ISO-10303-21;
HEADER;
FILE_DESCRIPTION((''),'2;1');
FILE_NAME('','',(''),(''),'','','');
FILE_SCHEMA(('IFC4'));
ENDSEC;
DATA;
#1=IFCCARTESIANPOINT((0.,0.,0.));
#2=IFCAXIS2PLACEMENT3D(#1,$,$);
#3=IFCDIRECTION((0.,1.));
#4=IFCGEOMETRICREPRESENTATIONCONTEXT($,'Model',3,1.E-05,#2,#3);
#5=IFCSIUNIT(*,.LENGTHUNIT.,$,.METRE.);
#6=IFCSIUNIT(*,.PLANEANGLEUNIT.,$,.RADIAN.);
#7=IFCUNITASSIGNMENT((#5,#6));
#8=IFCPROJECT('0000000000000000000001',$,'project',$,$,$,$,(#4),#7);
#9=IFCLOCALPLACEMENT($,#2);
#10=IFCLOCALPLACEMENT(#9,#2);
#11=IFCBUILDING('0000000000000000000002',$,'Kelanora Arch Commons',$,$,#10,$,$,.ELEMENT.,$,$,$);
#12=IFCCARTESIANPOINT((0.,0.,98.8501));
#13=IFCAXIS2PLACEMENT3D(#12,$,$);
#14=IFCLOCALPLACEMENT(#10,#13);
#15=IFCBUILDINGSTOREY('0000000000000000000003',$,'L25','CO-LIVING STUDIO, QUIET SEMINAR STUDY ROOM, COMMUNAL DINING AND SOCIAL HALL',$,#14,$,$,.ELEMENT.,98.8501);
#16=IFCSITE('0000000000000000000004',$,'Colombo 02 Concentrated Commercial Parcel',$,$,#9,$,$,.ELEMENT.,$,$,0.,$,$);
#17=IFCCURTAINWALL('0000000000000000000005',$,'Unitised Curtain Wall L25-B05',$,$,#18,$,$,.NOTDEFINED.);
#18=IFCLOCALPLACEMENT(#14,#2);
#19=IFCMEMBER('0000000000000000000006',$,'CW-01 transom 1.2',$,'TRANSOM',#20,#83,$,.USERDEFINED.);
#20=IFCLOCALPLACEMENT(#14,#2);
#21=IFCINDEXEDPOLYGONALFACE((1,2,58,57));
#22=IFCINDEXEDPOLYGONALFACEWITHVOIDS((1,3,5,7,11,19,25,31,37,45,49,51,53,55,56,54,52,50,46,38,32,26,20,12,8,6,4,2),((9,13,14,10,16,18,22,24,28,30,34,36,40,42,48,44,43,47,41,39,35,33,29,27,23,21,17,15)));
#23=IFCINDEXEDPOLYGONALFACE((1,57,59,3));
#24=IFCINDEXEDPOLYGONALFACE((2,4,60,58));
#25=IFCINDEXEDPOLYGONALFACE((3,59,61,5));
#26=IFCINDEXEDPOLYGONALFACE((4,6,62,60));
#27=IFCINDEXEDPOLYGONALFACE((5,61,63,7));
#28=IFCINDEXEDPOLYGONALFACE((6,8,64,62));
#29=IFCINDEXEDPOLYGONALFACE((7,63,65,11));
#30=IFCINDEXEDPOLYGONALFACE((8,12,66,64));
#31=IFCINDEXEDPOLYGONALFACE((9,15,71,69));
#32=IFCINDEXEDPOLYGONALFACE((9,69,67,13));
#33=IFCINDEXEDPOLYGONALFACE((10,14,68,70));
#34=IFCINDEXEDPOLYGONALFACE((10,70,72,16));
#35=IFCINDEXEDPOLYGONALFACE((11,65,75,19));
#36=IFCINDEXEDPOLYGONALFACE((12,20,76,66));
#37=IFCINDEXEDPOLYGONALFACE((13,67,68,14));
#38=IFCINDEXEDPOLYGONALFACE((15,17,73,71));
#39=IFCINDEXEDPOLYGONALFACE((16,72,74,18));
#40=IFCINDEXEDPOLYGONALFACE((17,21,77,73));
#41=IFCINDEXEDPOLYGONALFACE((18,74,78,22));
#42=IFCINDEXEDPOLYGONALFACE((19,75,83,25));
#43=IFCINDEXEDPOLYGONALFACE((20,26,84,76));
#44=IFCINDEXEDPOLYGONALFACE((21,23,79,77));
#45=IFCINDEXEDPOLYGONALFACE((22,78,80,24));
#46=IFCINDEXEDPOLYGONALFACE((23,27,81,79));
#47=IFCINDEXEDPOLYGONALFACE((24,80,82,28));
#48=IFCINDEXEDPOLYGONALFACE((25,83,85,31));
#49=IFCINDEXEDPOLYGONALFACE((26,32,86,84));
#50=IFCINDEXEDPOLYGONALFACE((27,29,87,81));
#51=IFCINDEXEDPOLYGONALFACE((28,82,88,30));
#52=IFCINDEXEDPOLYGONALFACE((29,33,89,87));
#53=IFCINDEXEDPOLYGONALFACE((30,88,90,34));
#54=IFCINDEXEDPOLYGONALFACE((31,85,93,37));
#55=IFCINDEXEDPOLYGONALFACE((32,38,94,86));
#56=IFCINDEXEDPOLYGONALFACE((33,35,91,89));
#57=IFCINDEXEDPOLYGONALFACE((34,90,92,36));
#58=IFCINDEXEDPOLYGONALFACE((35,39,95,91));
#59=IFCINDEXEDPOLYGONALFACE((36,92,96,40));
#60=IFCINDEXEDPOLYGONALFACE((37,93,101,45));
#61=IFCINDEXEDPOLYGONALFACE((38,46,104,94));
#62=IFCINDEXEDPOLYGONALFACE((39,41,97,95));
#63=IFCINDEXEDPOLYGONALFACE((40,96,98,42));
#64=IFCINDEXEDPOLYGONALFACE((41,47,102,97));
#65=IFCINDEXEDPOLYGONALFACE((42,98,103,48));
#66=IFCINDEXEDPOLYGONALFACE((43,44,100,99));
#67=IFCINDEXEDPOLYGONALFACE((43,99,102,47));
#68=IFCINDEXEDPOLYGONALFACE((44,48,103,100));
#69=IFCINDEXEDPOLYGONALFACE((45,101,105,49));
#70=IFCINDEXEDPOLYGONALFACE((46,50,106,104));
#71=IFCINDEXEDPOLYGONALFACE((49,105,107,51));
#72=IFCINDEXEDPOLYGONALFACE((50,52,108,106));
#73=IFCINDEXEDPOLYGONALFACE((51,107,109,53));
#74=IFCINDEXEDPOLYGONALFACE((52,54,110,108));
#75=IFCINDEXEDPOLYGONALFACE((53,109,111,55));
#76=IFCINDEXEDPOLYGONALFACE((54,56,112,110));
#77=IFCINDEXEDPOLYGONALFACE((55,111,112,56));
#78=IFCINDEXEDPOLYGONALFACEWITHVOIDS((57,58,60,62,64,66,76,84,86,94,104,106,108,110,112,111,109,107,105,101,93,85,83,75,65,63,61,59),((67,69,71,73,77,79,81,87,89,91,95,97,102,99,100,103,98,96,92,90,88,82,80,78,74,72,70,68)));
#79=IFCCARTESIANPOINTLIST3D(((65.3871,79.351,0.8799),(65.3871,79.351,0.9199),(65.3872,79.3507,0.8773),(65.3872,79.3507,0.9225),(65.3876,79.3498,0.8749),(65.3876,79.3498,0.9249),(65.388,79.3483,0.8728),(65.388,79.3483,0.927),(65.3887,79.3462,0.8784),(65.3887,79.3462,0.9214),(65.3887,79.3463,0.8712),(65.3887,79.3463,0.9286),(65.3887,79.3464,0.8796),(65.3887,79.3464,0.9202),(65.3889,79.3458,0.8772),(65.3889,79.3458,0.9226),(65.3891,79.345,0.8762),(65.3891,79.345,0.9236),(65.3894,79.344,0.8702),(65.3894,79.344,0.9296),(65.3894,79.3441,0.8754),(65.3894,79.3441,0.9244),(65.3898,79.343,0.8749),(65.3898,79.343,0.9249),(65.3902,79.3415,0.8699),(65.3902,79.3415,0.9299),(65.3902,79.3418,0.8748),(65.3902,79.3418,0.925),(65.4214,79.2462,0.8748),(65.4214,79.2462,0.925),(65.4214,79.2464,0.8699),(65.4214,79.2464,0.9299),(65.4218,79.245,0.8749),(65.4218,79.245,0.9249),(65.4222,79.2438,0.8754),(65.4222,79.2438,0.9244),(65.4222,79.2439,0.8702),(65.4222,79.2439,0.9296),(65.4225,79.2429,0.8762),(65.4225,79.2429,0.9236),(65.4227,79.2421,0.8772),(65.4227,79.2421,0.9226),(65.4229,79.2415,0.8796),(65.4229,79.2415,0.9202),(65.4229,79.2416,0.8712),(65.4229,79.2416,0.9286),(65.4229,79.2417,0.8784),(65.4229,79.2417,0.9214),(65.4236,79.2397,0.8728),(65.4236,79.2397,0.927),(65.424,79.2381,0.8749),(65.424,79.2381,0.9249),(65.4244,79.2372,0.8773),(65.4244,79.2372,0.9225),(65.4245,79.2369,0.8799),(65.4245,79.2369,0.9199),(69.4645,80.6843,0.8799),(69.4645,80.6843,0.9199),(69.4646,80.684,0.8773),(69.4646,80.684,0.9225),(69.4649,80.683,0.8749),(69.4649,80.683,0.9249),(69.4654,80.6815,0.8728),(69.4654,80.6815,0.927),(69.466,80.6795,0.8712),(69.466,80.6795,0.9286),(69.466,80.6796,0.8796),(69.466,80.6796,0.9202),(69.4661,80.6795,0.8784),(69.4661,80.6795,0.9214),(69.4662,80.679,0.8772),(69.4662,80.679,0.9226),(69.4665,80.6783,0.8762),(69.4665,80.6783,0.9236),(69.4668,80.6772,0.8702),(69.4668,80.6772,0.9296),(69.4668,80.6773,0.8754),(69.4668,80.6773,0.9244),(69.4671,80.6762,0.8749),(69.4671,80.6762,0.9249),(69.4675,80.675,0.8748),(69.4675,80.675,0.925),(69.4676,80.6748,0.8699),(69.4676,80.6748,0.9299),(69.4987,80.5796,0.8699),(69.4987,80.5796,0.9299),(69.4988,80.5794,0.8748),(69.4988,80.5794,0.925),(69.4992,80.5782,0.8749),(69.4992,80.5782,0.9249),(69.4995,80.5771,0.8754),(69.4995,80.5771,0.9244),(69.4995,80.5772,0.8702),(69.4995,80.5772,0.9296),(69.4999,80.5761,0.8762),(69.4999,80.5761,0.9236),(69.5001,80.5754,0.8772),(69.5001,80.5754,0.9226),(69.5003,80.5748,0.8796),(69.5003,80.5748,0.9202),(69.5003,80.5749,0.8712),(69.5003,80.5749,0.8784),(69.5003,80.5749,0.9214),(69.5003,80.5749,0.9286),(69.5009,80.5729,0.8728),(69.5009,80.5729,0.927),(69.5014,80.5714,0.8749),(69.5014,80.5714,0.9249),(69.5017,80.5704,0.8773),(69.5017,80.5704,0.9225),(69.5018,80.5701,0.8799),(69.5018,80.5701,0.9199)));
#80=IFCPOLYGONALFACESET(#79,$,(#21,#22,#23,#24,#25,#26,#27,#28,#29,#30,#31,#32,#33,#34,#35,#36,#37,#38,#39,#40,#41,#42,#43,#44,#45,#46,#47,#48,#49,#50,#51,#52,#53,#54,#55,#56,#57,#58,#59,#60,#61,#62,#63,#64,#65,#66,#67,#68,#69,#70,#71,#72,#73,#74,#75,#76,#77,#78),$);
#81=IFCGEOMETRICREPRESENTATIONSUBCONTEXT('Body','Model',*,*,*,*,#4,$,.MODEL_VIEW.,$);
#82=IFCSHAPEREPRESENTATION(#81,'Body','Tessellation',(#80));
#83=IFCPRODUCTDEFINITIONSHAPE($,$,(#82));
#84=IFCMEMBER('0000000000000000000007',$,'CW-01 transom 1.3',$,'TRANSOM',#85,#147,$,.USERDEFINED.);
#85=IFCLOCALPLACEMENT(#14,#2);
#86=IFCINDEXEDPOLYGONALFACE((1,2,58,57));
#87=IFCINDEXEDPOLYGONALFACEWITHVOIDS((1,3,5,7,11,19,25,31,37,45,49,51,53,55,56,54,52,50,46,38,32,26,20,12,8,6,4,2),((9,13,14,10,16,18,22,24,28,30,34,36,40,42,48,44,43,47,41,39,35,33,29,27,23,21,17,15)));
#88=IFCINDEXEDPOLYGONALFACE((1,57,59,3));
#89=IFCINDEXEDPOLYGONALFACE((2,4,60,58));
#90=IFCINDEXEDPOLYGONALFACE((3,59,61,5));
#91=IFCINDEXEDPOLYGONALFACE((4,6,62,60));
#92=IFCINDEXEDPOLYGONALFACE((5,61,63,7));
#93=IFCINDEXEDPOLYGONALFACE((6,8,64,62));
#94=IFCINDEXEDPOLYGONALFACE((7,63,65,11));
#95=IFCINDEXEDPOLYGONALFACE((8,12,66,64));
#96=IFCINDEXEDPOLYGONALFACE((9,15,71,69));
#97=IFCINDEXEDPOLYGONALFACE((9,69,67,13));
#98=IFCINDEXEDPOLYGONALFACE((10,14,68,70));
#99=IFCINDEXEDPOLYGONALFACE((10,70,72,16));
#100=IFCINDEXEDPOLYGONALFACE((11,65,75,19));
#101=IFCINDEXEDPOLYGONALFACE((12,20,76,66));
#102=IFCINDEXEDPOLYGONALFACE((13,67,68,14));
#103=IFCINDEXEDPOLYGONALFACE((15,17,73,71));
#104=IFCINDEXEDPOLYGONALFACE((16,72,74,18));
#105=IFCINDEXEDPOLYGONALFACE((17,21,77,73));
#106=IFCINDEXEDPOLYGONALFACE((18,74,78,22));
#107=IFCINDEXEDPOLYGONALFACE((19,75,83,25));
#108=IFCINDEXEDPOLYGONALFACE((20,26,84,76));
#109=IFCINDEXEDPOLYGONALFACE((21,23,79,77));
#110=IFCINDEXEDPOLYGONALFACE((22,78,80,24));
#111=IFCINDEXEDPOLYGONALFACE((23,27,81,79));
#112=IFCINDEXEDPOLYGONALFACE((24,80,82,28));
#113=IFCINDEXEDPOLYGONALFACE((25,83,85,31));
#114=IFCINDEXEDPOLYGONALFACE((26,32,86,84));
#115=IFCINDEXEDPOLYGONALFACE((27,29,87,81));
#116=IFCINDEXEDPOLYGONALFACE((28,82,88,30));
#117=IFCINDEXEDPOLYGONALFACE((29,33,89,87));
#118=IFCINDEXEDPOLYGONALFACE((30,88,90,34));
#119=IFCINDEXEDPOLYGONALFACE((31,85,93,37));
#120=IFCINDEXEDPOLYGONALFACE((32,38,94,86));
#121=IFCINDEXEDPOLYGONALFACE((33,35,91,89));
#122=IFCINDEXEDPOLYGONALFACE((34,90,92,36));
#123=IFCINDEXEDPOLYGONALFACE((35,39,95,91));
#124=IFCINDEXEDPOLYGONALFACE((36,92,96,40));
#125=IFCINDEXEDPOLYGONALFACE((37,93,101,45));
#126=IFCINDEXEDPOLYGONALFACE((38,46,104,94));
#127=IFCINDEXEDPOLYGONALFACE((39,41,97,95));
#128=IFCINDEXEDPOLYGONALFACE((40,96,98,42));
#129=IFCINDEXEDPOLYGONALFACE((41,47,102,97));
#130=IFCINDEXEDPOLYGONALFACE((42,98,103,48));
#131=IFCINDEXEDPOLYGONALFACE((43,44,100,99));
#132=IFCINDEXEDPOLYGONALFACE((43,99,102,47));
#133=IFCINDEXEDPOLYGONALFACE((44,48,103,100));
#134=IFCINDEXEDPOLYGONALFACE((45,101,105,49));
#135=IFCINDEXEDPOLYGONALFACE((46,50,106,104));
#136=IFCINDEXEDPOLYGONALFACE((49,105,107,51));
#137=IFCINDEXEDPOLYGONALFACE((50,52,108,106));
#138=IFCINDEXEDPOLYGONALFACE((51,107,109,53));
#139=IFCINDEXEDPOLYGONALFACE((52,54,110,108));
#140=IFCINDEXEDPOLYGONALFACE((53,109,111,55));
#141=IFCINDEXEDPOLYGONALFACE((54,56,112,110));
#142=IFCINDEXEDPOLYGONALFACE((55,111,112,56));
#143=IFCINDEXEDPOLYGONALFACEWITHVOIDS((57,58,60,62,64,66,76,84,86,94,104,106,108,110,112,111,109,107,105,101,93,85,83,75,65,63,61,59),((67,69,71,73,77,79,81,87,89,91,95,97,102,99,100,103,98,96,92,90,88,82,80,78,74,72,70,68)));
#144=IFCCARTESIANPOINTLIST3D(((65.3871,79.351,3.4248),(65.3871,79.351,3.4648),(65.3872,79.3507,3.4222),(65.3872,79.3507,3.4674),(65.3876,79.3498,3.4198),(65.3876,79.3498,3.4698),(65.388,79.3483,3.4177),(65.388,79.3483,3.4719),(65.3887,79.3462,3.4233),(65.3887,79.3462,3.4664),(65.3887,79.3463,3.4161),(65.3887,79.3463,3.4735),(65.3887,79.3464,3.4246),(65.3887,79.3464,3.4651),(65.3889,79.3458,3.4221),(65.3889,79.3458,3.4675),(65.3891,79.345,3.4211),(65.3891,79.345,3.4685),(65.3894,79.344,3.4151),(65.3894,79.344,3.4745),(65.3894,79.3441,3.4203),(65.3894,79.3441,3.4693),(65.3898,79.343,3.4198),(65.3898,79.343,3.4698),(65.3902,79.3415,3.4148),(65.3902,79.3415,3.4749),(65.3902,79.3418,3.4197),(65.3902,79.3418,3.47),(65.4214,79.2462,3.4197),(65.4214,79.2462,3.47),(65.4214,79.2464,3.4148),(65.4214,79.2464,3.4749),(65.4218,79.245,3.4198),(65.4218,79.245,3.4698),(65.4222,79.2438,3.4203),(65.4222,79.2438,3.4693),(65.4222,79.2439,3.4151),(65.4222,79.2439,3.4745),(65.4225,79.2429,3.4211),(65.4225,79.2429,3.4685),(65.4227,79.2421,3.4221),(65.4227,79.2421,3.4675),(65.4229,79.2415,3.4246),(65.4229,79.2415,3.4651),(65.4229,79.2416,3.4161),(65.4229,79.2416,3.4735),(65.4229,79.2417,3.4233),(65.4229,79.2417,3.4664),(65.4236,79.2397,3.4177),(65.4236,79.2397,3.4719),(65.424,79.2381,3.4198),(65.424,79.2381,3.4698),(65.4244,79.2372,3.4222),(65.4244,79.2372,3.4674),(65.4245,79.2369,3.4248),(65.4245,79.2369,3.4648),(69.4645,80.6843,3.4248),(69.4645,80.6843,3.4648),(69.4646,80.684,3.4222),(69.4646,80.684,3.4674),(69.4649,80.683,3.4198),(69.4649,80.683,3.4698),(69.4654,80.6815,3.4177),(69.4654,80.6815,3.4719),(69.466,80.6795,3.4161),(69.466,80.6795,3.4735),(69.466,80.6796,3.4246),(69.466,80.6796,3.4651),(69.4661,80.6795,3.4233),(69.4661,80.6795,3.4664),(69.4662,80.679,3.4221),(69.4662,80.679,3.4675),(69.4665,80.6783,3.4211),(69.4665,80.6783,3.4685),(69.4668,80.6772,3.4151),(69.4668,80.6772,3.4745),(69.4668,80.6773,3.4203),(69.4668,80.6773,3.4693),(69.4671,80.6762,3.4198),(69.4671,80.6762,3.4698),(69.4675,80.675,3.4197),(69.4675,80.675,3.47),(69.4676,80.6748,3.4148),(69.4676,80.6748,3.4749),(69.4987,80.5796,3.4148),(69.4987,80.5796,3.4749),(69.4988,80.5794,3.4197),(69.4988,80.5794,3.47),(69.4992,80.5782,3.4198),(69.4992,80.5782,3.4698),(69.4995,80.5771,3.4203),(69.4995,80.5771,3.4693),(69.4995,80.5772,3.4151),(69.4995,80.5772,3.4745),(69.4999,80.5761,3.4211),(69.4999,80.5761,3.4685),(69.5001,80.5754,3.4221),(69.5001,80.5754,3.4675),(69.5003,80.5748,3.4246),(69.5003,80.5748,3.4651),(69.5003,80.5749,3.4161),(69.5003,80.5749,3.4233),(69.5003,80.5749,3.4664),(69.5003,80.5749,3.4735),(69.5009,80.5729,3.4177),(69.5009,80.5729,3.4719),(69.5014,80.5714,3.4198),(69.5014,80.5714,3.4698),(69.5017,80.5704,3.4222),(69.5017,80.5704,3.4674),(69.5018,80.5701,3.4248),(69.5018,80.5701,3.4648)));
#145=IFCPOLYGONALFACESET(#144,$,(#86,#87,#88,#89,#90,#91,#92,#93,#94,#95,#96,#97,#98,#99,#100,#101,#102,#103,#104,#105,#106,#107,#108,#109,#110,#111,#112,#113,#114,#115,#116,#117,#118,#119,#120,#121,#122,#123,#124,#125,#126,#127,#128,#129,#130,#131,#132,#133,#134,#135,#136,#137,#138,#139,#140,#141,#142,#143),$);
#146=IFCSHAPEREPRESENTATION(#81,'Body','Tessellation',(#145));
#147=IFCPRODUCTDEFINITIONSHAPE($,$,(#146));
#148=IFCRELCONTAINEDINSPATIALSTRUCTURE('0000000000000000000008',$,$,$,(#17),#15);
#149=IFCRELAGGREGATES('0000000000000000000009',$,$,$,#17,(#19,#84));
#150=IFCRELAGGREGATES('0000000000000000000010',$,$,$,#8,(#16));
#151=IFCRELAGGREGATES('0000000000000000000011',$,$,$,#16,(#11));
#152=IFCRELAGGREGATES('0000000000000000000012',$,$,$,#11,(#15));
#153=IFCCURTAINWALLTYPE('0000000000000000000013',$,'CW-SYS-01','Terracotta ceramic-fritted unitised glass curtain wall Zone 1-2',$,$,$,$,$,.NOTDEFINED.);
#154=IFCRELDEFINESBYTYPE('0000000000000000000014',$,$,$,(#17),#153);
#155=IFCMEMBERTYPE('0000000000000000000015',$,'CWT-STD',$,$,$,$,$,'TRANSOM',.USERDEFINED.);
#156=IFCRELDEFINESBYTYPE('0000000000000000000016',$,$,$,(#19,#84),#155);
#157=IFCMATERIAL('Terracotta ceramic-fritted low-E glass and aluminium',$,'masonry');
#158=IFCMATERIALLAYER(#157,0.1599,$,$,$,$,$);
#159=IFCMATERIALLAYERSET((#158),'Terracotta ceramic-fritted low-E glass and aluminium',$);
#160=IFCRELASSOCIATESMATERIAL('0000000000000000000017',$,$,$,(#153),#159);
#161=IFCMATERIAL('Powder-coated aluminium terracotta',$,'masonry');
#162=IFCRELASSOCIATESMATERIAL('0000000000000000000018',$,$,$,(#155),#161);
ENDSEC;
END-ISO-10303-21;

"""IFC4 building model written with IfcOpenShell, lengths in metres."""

from ifc_helpers import new_model, si_unit, direction, frame, origin, origin_2d, place, context, subcontext, project, spatial, hollow_rectangle, extrude, material, layer, layer_set, material_profile, profile_set, type_object, element, aggregate, save


model = new_model("IFC4")

# Units and contexts
model_context = context("Model", 3, precision=1e-05, world=origin(), true_north=direction((0.0, 1.0)))
body_context = subcontext(model_context, "Body", "Model", "MODEL_VIEW")
ifc_project = project(units=[si_unit("LENGTHUNIT", "METRE"), si_unit("PLANEANGLEUNIT", "RADIAN")], contexts=[model_context])

# Site, building, storey
site_placement = place(None, origin())
site = spatial("IfcSite", under=ifc_project, at=site_placement, Name="Colombo 02 Concentrated Commercial Parcel", CompositionType="ELEMENT", RefElevation=0.0)
building_placement = place(site_placement, origin())
building = spatial("IfcBuilding", under=site, at=building_placement, Name="Kelanora Arch Commons", CompositionType="ELEMENT")
storey_placement = place(building_placement, frame((0.0, 0.0, 98.8501)))
storey = spatial("IfcBuildingStorey", under=building, at=storey_placement, Name="L25", Description="CO-LIVING STUDIO, QUIET SEMINAR STUDY ROOM, COMMUNAL DINING AND SOCIAL HALL", CompositionType="ELEMENT", Elevation=98.8501)

# Curtain wall, members
ifc_material_1 = material(Name="Terracotta ceramic-fritted low-E glass and aluminium", Category="masonry")
ifc_layer_1 = layer(ifc_material_1, 0.1599)
ifc_layer_set_1 = layer_set([ifc_layer_1], Name="Terracotta ceramic-fritted low-E glass and aluminium")
curtain_wall_type = type_object("IfcCurtainWallType", Name="CW-SYS-01", Description="Terracotta ceramic-fritted unitised glass curtain wall Zone 1-2", PredefinedType="NOTDEFINED", material=ifc_layer_set_1)
curtain_wall_placement = place(storey_placement, origin())
curtain_wall = element("IfcCurtainWall", 1, at=curtain_wall_placement, inside=storey, type_object=curtain_wall_type, Name="Unitised Curtain Wall L25-B05", PredefinedType="NOTDEFINED")
ifc_material_2 = material(Name="Powder-coated aluminium terracotta", Category="masonry")
ifc_material_profile_1 = material_profile(ifc_material_2, hollow_rectangle(XDim=0.1201, YDim=0.0601, WallThickness=0.0049, InnerFilletRadius=0.0049, OuterFilletRadius=0.01, at=origin_2d()), Name="CWT120x60")
ifc_profile_set_1 = profile_set([ifc_material_profile_1], Name="Powder-coated aluminium terracotta")
member_type_1 = type_object("IfcMemberType", Name="CWT-STD", ElementType="TRANSOM", PredefinedType="USERDEFINED", material=ifc_profile_set_1)
member_1_placement = place(storey_placement, frame((69.4832, 80.6272, 0.8999), z_axis=(-0.950478, -0.310793, 0.0), x_axis=(0.310793, -0.950478, 0.0)))
member_1 = element("IfcMember", 2, at=member_1_placement, type_object=member_type_1, Name="CW-01 transom 1.2", ObjectType="TRANSOM", PredefinedType="USERDEFINED", context=body_context, shape_type="SweptSolid", body=[
    extrude(hollow_rectangle(XDim=0.1201, YDim=0.0601, WallThickness=0.0049, InnerFilletRadius=0.0049, OuterFilletRadius=0.01, at=origin_2d()), origin(), (0.0, 0.0, 1.0), 4.2898),
])
member_2_placement = place(storey_placement, frame((69.4832, 80.6272, 3.4448), z_axis=(-0.950478, -0.310793, 0.0), x_axis=(0.310793, -0.950478, 0.0)))
member_2 = element("IfcMember", 3, at=member_2_placement, type_object=member_type_1, Name="CW-01 transom 1.3", ObjectType="TRANSOM", PredefinedType="USERDEFINED", context=body_context, shape_type="SweptSolid", body=[
    extrude(hollow_rectangle(XDim=0.1201, YDim=0.0601, WallThickness=0.0049, InnerFilletRadius=0.0049, OuterFilletRadius=0.01, at=origin_2d()), origin(), (0.0, 0.0, 1.0), 4.2898),
])
aggregate(curtain_wall, [member_1, member_2])

save(model, "model.ifc")
